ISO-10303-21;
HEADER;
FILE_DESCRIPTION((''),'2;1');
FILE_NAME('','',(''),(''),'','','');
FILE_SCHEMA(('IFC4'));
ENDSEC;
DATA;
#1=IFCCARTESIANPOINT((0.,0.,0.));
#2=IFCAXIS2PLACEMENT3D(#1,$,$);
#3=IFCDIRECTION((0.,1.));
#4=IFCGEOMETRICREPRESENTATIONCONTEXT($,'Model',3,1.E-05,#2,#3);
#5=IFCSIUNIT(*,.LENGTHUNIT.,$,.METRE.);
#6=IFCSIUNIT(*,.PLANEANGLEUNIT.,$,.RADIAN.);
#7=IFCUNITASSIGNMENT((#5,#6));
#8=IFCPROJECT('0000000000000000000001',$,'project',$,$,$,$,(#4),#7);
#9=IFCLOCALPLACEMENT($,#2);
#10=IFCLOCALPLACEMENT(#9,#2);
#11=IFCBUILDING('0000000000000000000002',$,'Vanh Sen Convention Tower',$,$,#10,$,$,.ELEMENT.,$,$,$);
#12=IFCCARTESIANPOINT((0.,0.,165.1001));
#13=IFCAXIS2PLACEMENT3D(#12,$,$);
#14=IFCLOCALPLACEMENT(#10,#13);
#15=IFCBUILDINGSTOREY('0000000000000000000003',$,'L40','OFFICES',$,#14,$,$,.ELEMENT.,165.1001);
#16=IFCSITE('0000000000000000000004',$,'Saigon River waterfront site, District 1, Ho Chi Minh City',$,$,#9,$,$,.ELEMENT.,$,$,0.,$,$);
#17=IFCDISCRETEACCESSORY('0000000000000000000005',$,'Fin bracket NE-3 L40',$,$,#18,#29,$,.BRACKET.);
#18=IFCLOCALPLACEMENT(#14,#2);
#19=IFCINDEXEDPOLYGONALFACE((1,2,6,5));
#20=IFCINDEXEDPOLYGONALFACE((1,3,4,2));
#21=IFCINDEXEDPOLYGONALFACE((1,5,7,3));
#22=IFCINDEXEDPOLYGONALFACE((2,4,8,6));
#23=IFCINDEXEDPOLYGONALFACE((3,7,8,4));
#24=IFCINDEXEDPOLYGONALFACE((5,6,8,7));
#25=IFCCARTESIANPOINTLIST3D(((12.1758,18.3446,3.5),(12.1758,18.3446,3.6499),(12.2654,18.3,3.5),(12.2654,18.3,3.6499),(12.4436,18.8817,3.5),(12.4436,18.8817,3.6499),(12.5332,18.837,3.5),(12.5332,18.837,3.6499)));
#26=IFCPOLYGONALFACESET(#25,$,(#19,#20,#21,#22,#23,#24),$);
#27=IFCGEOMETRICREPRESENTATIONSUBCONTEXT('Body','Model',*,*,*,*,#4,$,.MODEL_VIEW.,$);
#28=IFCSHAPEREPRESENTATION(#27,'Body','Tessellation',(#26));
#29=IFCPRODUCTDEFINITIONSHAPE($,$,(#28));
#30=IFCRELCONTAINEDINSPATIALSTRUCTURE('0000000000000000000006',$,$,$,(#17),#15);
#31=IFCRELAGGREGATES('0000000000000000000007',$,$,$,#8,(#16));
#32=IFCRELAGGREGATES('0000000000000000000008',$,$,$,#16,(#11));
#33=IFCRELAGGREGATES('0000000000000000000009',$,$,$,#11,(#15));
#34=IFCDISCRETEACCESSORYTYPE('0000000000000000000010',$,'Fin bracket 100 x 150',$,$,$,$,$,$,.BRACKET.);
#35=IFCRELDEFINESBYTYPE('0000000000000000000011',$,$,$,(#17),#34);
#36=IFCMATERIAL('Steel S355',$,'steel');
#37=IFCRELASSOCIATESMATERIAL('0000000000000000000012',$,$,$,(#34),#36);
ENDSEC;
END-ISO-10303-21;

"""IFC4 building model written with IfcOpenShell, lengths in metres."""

from ifc_helpers import new_model, si_unit, direction, frame, origin, origin_2d, place, context, subcontext, project, spatial, rectangle, extrude, material, type_object, element, save


model = new_model("IFC4")

# Units and contexts
model_context = context("Model", 3, precision=1e-05, world=origin(), true_north=direction((0.0, 1.0)))
body_context = subcontext(model_context, "Body", "Model", "MODEL_VIEW")
ifc_project = project(units=[si_unit("LENGTHUNIT", "METRE"), si_unit("PLANEANGLEUNIT", "RADIAN")], contexts=[model_context])

# Site, building, storey
site_placement = place(None, origin())
site = spatial("IfcSite", under=ifc_project, at=site_placement, Name="Saigon River waterfront site, District 1, Ho Chi Minh City", CompositionType="ELEMENT", RefElevation=0.0)
building_placement = place(site_placement, origin())
building = spatial("IfcBuilding", under=site, at=building_placement, Name="Vanh Sen Convention Tower", CompositionType="ELEMENT")
storey_placement = place(building_placement, frame((0.0, 0.0, 165.1001)))
storey = spatial("IfcBuildingStorey", under=building, at=storey_placement, Name="L40", Description="OFFICES", CompositionType="ELEMENT", Elevation=165.1001)

# Discrete accessory
ifc_material_1 = material(Name="Steel S355", Category="steel")
discrete_accessory_type = type_object("IfcDiscreteAccessoryType", Name="Fin bracket 100 x 150", PredefinedType="BRACKET", material=ifc_material_1)
for number, where, z_axis, x_axis, name in (
    (1, (12.3545, 18.5908, 3.5), (0.0, 0.0, 1.0), (0.446198, 0.894934, 0.0), "Fin bracket NE-3 L40"),
):
    element("IfcDiscreteAccessory", number, at=place(storey_placement, frame(where, z_axis=z_axis, x_axis=x_axis)), inside=storey, type_object=discrete_accessory_type, Name=name, PredefinedType="BRACKET", context=body_context, shape_type="SweptSolid", body=[
        extrude(rectangle(XDim=0.6001, YDim=0.1001, at=origin_2d()), origin(), (0.0, 0.0, 1.0), 0.1499),
    ])

save(model, "model.ifc")
